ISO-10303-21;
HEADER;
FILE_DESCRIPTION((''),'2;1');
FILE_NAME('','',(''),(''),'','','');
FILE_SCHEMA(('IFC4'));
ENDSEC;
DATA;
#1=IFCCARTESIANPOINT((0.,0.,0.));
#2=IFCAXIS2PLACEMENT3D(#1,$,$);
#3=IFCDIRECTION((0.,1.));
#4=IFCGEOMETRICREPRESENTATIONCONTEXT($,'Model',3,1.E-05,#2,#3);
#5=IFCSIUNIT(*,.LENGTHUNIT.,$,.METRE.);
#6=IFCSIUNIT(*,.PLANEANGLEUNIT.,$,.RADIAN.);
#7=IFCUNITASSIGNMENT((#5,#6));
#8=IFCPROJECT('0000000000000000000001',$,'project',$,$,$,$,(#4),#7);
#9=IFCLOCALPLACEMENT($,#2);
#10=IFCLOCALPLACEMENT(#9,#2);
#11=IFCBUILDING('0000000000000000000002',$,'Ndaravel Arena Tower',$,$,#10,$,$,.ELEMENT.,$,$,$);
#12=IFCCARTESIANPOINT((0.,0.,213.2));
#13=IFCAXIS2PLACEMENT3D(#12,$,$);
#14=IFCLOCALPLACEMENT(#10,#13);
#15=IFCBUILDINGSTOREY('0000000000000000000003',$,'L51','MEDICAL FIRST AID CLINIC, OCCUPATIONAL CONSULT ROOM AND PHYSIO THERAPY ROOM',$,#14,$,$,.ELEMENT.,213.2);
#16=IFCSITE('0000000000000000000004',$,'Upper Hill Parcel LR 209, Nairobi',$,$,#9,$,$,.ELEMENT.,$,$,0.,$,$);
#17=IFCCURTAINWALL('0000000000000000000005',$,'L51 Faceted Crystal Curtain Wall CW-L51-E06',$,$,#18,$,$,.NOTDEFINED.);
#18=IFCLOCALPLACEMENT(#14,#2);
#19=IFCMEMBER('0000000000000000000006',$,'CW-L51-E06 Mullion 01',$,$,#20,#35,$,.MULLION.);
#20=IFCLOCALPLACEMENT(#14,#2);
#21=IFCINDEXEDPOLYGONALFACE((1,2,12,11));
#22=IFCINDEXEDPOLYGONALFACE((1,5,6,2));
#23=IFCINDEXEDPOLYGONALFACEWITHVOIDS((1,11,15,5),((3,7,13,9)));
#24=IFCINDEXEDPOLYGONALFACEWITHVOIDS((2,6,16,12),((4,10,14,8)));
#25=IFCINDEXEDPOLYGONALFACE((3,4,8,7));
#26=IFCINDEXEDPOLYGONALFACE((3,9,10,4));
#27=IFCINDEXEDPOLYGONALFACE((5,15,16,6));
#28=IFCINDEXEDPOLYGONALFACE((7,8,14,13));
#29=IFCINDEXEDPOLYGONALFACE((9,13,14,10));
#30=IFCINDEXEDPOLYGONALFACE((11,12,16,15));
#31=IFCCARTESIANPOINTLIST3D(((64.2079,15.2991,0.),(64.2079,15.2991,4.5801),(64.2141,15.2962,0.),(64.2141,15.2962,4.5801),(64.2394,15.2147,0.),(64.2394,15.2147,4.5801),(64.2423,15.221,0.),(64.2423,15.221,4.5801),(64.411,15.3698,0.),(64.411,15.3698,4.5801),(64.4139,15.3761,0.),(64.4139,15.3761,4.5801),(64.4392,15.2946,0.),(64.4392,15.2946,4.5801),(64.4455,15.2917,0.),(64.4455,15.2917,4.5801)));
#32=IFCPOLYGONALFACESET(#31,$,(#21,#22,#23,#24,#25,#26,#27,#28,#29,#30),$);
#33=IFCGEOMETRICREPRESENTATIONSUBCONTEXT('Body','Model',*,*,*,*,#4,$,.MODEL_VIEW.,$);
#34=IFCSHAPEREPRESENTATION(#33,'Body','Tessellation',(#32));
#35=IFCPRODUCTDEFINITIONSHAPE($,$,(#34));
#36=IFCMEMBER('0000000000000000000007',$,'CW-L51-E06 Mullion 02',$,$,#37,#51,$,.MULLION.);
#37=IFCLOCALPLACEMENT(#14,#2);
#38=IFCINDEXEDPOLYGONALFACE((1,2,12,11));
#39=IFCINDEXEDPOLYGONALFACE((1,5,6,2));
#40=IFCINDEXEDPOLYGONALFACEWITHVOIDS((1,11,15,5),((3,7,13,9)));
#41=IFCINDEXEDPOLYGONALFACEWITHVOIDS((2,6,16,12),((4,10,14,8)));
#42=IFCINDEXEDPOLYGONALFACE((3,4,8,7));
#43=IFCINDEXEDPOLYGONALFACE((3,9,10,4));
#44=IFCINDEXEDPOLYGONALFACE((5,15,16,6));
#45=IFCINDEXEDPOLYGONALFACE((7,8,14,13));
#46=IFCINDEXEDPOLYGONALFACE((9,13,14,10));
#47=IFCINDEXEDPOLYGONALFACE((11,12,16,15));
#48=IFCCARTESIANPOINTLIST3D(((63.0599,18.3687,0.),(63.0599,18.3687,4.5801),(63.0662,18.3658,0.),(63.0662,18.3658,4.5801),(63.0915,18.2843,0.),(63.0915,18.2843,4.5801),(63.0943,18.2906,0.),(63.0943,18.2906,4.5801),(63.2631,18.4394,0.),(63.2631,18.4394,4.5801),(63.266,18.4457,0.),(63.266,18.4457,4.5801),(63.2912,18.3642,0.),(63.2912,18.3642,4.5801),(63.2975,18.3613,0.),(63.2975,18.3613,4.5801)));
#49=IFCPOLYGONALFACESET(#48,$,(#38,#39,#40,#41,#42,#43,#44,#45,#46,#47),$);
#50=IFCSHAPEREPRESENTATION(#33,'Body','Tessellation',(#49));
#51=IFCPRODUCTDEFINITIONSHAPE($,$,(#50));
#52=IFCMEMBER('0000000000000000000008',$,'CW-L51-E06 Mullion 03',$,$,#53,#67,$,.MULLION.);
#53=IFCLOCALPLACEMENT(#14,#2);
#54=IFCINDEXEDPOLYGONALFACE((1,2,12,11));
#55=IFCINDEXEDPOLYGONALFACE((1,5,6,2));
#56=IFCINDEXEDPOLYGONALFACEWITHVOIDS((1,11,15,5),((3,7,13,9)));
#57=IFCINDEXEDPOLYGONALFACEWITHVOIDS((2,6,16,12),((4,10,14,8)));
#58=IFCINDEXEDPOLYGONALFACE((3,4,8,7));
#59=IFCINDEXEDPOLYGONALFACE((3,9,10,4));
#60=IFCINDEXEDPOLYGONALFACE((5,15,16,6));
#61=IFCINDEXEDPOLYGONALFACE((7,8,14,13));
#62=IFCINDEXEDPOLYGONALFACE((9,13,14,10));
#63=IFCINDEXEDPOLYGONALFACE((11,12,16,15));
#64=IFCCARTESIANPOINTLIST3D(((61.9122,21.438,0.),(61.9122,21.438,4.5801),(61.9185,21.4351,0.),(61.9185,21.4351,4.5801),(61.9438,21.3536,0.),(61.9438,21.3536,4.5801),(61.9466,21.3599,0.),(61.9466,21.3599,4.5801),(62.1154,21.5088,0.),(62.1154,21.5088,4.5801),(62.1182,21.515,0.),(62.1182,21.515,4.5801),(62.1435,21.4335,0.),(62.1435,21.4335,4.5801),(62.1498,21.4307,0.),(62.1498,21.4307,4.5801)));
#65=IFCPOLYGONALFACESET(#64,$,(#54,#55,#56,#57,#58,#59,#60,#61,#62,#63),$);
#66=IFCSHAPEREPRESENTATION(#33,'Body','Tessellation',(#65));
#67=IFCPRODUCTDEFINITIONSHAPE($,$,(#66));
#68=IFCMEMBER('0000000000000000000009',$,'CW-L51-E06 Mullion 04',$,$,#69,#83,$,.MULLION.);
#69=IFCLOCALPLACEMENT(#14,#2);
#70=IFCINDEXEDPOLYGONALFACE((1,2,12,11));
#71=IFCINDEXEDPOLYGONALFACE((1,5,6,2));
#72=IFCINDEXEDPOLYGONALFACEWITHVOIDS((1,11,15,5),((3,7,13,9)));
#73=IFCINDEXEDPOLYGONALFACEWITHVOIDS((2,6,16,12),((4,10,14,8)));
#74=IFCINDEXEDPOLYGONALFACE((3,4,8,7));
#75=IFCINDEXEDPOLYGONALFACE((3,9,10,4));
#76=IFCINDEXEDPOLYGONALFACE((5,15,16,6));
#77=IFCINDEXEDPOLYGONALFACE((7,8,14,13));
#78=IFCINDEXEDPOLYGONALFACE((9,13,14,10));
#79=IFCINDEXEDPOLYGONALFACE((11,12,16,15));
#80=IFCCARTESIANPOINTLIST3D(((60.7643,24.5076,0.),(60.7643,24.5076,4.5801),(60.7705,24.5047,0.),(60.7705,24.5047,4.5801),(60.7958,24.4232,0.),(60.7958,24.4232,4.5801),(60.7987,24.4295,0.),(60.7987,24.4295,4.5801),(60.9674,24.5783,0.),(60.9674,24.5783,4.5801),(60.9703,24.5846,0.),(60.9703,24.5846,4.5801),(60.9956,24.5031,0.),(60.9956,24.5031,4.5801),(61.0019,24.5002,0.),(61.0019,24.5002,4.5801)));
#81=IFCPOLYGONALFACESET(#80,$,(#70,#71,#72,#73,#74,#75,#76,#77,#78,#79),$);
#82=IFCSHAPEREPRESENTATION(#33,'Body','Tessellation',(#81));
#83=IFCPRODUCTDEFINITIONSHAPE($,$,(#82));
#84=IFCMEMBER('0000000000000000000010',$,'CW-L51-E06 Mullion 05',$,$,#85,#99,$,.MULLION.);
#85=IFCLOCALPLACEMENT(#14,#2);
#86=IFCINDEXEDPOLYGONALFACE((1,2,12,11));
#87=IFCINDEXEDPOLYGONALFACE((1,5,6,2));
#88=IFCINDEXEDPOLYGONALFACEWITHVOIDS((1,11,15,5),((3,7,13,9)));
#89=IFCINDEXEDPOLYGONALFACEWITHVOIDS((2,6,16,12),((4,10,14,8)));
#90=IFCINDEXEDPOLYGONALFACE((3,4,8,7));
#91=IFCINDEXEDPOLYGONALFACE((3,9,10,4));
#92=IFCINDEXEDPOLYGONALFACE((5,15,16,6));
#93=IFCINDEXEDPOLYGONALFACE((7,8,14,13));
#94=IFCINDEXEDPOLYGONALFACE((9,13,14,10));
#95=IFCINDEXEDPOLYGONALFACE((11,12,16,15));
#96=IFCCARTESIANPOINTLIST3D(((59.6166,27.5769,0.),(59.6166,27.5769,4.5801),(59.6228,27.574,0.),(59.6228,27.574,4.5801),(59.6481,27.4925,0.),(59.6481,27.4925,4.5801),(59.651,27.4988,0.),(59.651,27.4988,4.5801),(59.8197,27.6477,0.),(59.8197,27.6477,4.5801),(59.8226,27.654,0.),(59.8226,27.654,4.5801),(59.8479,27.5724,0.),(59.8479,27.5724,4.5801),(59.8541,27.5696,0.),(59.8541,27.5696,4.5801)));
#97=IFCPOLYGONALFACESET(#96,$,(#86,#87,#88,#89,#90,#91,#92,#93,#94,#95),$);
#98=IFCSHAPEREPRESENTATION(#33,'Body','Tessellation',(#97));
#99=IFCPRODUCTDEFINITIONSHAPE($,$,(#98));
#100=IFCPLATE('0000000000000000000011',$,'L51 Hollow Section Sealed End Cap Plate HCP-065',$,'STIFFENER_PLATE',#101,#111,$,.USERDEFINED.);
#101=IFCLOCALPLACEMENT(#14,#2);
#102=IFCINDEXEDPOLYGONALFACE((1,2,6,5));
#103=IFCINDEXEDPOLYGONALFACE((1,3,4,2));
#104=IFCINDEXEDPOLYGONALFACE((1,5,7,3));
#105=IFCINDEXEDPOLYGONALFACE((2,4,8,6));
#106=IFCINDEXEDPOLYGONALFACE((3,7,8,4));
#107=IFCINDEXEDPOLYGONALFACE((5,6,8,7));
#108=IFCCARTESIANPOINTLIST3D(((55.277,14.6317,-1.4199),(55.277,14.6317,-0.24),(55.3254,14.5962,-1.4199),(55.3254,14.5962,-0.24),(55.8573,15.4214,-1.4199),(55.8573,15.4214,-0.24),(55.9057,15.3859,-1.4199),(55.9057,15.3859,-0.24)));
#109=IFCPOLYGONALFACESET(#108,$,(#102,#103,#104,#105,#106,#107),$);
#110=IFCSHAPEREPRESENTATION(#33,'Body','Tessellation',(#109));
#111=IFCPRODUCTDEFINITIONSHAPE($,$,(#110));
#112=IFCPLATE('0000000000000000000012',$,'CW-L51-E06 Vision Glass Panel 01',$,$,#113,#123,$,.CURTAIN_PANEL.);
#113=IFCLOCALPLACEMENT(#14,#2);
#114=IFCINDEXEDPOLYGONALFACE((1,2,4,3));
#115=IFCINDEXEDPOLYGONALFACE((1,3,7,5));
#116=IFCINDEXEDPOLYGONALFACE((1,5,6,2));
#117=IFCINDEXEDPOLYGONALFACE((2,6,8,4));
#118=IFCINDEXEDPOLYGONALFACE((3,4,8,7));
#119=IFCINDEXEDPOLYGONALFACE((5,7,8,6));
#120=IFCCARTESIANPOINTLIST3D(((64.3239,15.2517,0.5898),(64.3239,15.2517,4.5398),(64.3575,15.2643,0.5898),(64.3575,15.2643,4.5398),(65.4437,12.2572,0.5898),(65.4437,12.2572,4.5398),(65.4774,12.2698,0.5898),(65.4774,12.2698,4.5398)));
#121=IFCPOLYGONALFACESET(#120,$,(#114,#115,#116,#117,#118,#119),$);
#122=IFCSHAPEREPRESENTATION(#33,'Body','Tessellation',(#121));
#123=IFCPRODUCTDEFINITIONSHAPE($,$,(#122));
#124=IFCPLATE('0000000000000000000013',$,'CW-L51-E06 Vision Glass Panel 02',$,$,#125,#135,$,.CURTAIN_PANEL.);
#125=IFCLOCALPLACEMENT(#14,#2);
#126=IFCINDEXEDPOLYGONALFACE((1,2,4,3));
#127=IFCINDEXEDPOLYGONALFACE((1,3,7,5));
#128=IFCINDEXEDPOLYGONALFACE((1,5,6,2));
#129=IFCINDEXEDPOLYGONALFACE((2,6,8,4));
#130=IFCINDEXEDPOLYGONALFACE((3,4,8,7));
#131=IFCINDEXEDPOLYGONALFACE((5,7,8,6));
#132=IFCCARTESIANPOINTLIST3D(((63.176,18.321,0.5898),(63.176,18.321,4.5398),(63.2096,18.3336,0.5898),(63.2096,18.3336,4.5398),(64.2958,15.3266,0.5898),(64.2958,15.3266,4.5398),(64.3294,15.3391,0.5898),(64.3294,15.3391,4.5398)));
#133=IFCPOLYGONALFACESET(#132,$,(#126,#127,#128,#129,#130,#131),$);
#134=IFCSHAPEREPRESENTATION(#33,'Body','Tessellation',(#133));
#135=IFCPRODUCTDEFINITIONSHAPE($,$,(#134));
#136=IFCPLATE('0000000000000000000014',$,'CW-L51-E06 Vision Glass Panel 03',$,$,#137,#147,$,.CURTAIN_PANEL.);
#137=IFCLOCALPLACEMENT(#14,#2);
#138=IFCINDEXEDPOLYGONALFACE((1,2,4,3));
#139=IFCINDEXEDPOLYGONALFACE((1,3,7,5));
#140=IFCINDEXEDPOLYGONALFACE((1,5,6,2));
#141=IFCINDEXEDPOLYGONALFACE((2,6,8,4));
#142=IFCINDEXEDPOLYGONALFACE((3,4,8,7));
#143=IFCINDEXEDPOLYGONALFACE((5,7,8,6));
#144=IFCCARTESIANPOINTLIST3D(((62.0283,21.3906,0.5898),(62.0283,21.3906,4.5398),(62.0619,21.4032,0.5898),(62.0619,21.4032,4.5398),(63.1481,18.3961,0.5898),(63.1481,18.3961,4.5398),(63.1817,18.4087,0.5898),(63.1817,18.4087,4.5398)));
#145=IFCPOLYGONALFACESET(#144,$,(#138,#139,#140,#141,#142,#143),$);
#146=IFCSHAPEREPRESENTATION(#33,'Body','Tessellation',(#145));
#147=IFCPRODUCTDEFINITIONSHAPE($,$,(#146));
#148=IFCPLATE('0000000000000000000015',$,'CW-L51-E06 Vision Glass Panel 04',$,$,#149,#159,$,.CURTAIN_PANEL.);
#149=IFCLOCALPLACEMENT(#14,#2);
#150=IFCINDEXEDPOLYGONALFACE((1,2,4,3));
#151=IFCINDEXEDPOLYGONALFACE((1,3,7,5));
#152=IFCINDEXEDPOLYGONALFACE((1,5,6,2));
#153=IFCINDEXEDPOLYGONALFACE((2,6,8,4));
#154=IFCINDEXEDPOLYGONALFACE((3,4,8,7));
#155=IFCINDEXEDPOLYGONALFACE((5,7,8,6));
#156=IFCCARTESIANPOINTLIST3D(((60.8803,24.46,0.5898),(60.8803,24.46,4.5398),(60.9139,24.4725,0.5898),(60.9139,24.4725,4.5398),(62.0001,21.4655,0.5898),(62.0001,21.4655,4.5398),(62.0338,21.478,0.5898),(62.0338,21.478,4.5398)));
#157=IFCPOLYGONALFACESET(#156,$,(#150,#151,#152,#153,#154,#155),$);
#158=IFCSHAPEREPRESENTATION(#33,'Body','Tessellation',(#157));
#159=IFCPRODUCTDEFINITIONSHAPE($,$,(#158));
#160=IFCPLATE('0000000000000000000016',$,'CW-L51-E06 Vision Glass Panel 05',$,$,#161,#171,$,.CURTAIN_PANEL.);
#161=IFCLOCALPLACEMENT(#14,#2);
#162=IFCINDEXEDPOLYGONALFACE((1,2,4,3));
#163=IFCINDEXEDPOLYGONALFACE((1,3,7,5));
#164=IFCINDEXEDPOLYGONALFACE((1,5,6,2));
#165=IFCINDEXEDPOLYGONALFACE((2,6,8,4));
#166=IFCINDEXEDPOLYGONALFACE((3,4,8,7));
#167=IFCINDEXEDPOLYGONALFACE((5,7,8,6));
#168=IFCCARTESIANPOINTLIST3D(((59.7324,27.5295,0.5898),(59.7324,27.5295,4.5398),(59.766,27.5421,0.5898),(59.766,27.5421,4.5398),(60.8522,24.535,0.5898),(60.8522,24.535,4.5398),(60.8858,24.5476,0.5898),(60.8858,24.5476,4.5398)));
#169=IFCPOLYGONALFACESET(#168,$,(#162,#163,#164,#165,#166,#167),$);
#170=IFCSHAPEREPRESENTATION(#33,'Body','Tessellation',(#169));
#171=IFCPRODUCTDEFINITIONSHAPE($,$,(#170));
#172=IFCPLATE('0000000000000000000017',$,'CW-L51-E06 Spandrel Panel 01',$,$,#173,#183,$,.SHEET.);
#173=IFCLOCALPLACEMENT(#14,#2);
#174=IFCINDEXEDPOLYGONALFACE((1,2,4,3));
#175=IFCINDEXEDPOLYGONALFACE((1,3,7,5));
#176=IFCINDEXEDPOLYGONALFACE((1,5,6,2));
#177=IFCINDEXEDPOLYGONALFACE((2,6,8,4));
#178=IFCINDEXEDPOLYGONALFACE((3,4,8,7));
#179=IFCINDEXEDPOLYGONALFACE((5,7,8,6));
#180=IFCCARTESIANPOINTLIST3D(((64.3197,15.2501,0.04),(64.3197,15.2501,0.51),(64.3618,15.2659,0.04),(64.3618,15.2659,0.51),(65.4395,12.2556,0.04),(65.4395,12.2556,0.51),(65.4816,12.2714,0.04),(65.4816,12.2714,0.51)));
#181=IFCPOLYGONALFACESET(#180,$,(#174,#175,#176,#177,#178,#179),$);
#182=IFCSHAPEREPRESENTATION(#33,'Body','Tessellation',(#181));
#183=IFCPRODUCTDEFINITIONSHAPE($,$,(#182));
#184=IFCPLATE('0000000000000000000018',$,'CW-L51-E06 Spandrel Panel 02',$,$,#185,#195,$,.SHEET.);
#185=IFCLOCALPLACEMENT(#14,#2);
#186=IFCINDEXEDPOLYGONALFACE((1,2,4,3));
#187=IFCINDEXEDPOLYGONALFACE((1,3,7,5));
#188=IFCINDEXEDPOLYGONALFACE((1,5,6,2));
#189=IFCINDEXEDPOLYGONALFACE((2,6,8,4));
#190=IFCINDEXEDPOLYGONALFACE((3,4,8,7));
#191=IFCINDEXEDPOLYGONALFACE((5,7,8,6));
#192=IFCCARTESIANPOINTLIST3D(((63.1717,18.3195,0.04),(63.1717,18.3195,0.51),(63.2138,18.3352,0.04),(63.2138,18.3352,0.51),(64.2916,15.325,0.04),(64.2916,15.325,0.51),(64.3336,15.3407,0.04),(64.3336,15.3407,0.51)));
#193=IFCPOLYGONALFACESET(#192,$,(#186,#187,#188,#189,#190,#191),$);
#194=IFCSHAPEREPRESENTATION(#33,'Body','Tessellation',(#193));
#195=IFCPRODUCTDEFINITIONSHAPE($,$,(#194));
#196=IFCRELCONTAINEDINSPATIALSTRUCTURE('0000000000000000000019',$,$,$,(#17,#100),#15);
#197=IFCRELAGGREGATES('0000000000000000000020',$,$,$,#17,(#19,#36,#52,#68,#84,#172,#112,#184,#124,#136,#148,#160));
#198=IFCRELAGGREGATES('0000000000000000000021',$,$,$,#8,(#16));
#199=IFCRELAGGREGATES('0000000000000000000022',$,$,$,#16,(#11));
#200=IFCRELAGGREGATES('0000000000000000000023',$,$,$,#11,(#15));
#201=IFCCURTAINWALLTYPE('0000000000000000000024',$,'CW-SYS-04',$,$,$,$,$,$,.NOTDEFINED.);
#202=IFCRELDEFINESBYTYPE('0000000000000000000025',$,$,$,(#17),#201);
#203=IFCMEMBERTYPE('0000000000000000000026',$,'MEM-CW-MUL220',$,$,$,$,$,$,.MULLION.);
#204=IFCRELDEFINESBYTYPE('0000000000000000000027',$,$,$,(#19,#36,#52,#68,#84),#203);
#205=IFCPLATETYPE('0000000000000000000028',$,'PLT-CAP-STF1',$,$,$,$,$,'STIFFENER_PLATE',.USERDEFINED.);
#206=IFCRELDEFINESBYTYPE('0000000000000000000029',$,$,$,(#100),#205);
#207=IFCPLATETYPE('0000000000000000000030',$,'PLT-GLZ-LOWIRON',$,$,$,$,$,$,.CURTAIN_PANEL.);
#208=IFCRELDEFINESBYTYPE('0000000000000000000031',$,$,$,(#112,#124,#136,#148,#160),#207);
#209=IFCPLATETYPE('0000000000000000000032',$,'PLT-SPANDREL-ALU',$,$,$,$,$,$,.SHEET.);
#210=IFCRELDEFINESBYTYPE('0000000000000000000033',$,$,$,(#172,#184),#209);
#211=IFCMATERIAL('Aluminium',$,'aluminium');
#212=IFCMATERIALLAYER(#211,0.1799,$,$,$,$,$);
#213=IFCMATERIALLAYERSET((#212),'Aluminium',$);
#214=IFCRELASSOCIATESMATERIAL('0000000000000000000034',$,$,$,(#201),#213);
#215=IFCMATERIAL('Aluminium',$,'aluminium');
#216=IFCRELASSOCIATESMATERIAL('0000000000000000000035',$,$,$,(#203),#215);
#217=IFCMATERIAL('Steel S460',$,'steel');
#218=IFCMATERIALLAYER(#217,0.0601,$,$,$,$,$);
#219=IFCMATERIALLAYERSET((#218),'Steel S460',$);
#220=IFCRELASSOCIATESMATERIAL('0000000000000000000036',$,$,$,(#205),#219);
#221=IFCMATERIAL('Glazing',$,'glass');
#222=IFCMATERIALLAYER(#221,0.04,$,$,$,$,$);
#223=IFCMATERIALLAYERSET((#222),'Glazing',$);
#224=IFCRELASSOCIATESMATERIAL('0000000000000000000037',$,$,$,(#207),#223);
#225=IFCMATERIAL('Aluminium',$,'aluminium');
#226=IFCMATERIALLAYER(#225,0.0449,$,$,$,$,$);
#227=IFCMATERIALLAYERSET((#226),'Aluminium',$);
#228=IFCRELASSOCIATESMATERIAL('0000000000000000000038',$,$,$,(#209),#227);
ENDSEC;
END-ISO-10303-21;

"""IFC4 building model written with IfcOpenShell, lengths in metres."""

from ifc_helpers import new_model, si_unit, direction, frame, origin, origin_2d, place, context, subcontext, project, spatial, rectangle, hollow_rectangle, extrude, material, layer, layer_set, material_profile, profile_set, type_object, element, aggregate, save


model = new_model("IFC4")

# Units and contexts
model_context = context("Model", 3, precision=1e-05, world=origin(), true_north=direction((0.0, 1.0)))
body_context = subcontext(model_context, "Body", "Model", "MODEL_VIEW")
ifc_project = project(units=[si_unit("LENGTHUNIT", "METRE"), si_unit("PLANEANGLEUNIT", "RADIAN")], contexts=[model_context])

# Site, building, storey
site_placement = place(None, origin())
site = spatial("IfcSite", under=ifc_project, at=site_placement, Name="Upper Hill Parcel LR 209, Nairobi", CompositionType="ELEMENT", RefElevation=0.0)
building_placement = place(site_placement, origin())
building = spatial("IfcBuilding", under=site, at=building_placement, Name="Ndaravel Arena Tower", CompositionType="ELEMENT")
storey_placement = place(building_placement, frame((0.0, 0.0, 213.2)))
storey = spatial("IfcBuildingStorey", under=building, at=storey_placement, Name="L51", Description="MEDICAL FIRST AID CLINIC, OCCUPATIONAL CONSULT ROOM AND PHYSIO THERAPY ROOM", CompositionType="ELEMENT", Elevation=213.2)

# Curtain wall, members
ifc_material_1 = material(Name="Aluminium", Category="aluminium")
ifc_layer_1 = layer(ifc_material_1, 0.1799)
ifc_layer_set_1 = layer_set([ifc_layer_1], Name="Aluminium")
curtain_wall_type = type_object("IfcCurtainWallType", Name="CW-SYS-04", PredefinedType="NOTDEFINED", material=ifc_layer_set_1)
curtain_wall_placement = place(storey_placement, origin())
curtain_wall = element("IfcCurtainWall", 1, at=curtain_wall_placement, inside=storey, type_object=curtain_wall_type, Name="L51 Faceted Crystal Curtain Wall CW-L51-E06", PredefinedType="NOTDEFINED")
ifc_material_2 = material(Name="Aluminium", Category="aluminium")
ifc_material_profile_1 = material_profile(ifc_material_2, hollow_rectangle(XDim=0.0901, YDim=0.22, WallThickness=0.0049, at=origin_2d()), Name="CW MULLION 90x220x5")
ifc_profile_set_1 = profile_set([ifc_material_profile_1], Name="Aluminium")
member_type = type_object("IfcMemberType", Name="MEM-CW-MUL220", PredefinedType="MULLION", material=ifc_profile_set_1)
member_1_placement = place(storey_placement, frame((64.3267, 15.2954, 0.0), z_axis=(0.0, 0.0, 1.0), x_axis=(-0.350273, 0.936648, 0.0)))
member_1 = element("IfcMember", 2, at=member_1_placement, type_object=member_type, Name="CW-L51-E06 Mullion 01", PredefinedType="MULLION", context=body_context, shape_type="SweptSolid", body=[
    extrude(hollow_rectangle(XDim=0.0901, YDim=0.22, WallThickness=0.0049, at=origin_2d()), origin(), (0.0, 0.0, 1.0), 4.5801),
])
member_2_placement = place(storey_placement, frame((63.1787, 18.365, 0.0), z_axis=(0.0, 0.0, 1.0), x_axis=(-0.350273, 0.936648, 0.0)))
member_2 = element("IfcMember", 3, at=member_2_placement, type_object=member_type, Name="CW-L51-E06 Mullion 02", PredefinedType="MULLION", context=body_context, shape_type="SweptSolid", body=[
    extrude(hollow_rectangle(XDim=0.0901, YDim=0.22, WallThickness=0.0049, at=origin_2d()), origin(), (0.0, 0.0, 1.0), 4.5801),
])
member_3_placement = place(storey_placement, frame((62.031, 21.4343, 0.0), z_axis=(0.0, 0.0, 1.0), x_axis=(-0.350273, 0.936648, 0.0)))
member_3 = element("IfcMember", 4, at=member_3_placement, type_object=member_type, Name="CW-L51-E06 Mullion 03", PredefinedType="MULLION", context=body_context, shape_type="SweptSolid", body=[
    extrude(hollow_rectangle(XDim=0.0901, YDim=0.22, WallThickness=0.0049, at=origin_2d()), origin(), (0.0, 0.0, 1.0), 4.5801),
])
member_4_placement = place(storey_placement, frame((60.8831, 24.5039, 0.0), z_axis=(0.0, 0.0, 1.0), x_axis=(-0.350273, 0.936648, 0.0)))
member_4 = element("IfcMember", 5, at=member_4_placement, type_object=member_type, Name="CW-L51-E06 Mullion 04", PredefinedType="MULLION", context=body_context, shape_type="SweptSolid", body=[
    extrude(hollow_rectangle(XDim=0.0901, YDim=0.22, WallThickness=0.0049, at=origin_2d()), origin(), (0.0, 0.0, 1.0), 4.5801),
])
member_5_placement = place(storey_placement, frame((59.7354, 27.5732, 0.0), z_axis=(0.0, 0.0, 1.0), x_axis=(-0.350273, 0.936648, 0.0)))
member_5 = element("IfcMember", 6, at=member_5_placement, type_object=member_type, Name="CW-L51-E06 Mullion 05", PredefinedType="MULLION", context=body_context, shape_type="SweptSolid", body=[
    extrude(hollow_rectangle(XDim=0.0901, YDim=0.22, WallThickness=0.0049, at=origin_2d()), origin(), (0.0, 0.0, 1.0), 4.5801),
])

# Plates
ifc_material_3 = material(Name="Steel S460", Category="steel")
ifc_layer_2 = layer(ifc_material_3, 0.0601)
ifc_layer_set_2 = layer_set([ifc_layer_2], Name="Steel S460")
plate_type_1 = type_object("IfcPlateType", Name="PLT-CAP-STF1", ElementType="STIFFENER_PLATE", PredefinedType="USERDEFINED", material=ifc_layer_set_2)
plate_1_placement = place(storey_placement, frame((55.5913, 15.0088, -1.4199), z_axis=(0.0, 0.0, 1.0), x_axis=(0.805825, -0.592154, 0.0)))
element("IfcPlate", 7, at=plate_1_placement, inside=storey, type_object=plate_type_1, Name="L51 Hollow Section Sealed End Cap Plate HCP-065", ObjectType="STIFFENER_PLATE", PredefinedType="USERDEFINED", context=body_context, shape_type="SweptSolid", body=[
    extrude(rectangle(XDim=0.0601, YDim=0.98, at=origin_2d()), origin(), (0.0, 0.0, 1.0), 1.1799),
])
ifc_material_4 = material(Name="Glazing", Category="glass")
ifc_layer_3 = layer(ifc_material_4, 0.04)
ifc_layer_set_3 = layer_set([ifc_layer_3], Name="Glazing")
plate_type_2 = type_object("IfcPlateType", Name="PLT-GLZ-LOWIRON", PredefinedType="CURTAIN_PANEL", material=ifc_layer_set_3)
plate_2_placement = place(storey_placement, frame((64.9006, 13.7607, 0.5898), z_axis=(0.0, 0.0, 1.0), x_axis=(-0.350273, 0.936648, 0.0)))
plate_2 = element("IfcPlate", 8, at=plate_2_placement, type_object=plate_type_2, Name="CW-L51-E06 Vision Glass Panel 01", PredefinedType="CURTAIN_PANEL", context=body_context, shape_type="SweptSolid", body=[
    extrude(rectangle(XDim=3.197, YDim=0.0359, at=origin_2d()), origin(), (0.0, 0.0, 1.0), 3.95),
])
plate_3_placement = place(storey_placement, frame((63.7527, 16.8301, 0.5898), z_axis=(0.0, 0.0, 1.0), x_axis=(-0.350273, 0.936648, 0.0)))
plate_3 = element("IfcPlate", 9, at=plate_3_placement, type_object=plate_type_2, Name="CW-L51-E06 Vision Glass Panel 02", PredefinedType="CURTAIN_PANEL", context=body_context, shape_type="SweptSolid", body=[
    extrude(rectangle(XDim=3.197, YDim=0.0359, at=origin_2d()), origin(), (0.0, 0.0, 1.0), 3.95),
])
plate_4_placement = place(storey_placement, frame((62.605, 19.8997, 0.5898), z_axis=(0.0, 0.0, 1.0), x_axis=(-0.350273, 0.936648, 0.0)))
plate_4 = element("IfcPlate", 10, at=plate_4_placement, type_object=plate_type_2, Name="CW-L51-E06 Vision Glass Panel 03", PredefinedType="CURTAIN_PANEL", context=body_context, shape_type="SweptSolid", body=[
    extrude(rectangle(XDim=3.197, YDim=0.0359, at=origin_2d()), origin(), (0.0, 0.0, 1.0), 3.95),
])
plate_5_placement = place(storey_placement, frame((61.457, 22.969, 0.5898), z_axis=(0.0, 0.0, 1.0), x_axis=(-0.350273, 0.936648, 0.0)))
plate_5 = element("IfcPlate", 11, at=plate_5_placement, type_object=plate_type_2, Name="CW-L51-E06 Vision Glass Panel 04", PredefinedType="CURTAIN_PANEL", context=body_context, shape_type="SweptSolid", body=[
    extrude(rectangle(XDim=3.197, YDim=0.0359, at=origin_2d()), origin(), (0.0, 0.0, 1.0), 3.95),
])
plate_6_placement = place(storey_placement, frame((60.3091, 26.0386, 0.5898), z_axis=(0.0, 0.0, 1.0), x_axis=(-0.350273, 0.936648, 0.0)))
plate_6 = element("IfcPlate", 12, at=plate_6_placement, type_object=plate_type_2, Name="CW-L51-E06 Vision Glass Panel 05", PredefinedType="CURTAIN_PANEL", context=body_context, shape_type="SweptSolid", body=[
    extrude(rectangle(XDim=3.197, YDim=0.0359, at=origin_2d()), origin(), (0.0, 0.0, 1.0), 3.95),
])
ifc_material_5 = material(Name="Aluminium", Category="aluminium")
ifc_layer_4 = layer(ifc_material_5, 0.0449)
ifc_layer_set_4 = layer_set([ifc_layer_4], Name="Aluminium")
plate_type_3 = type_object("IfcPlateType", Name="PLT-SPANDREL-ALU", PredefinedType="SHEET", material=ifc_layer_set_4)
plate_7_placement = place(storey_placement, frame((64.9006, 13.7607, 0.04), z_axis=(0.0, 0.0, 1.0), x_axis=(-0.350273, 0.936648, 0.0)))
plate_7 = element("IfcPlate", 13, at=plate_7_placement, type_object=plate_type_3, Name="CW-L51-E06 Spandrel Panel 01", PredefinedType="SHEET", context=body_context, shape_type="SweptSolid", body=[
    extrude(rectangle(XDim=3.197, YDim=0.0449, at=origin_2d()), origin(), (0.0, 0.0, 1.0), 0.47),
])
plate_8_placement = place(storey_placement, frame((63.7527, 16.8301, 0.04), z_axis=(0.0, 0.0, 1.0), x_axis=(-0.350273, 0.936648, 0.0)))
plate_8 = element("IfcPlate", 14, at=plate_8_placement, type_object=plate_type_3, Name="CW-L51-E06 Spandrel Panel 02", PredefinedType="SHEET", context=body_context, shape_type="SweptSolid", body=[
    extrude(rectangle(XDim=3.197, YDim=0.0449, at=origin_2d()), origin(), (0.0, 0.0, 1.0), 0.47),
])
aggregate(curtain_wall, [member_1, member_2, member_3, member_4, member_5, plate_7, plate_2, plate_8, plate_3, plate_4, plate_5, plate_6])

save(model, "model.ifc")
